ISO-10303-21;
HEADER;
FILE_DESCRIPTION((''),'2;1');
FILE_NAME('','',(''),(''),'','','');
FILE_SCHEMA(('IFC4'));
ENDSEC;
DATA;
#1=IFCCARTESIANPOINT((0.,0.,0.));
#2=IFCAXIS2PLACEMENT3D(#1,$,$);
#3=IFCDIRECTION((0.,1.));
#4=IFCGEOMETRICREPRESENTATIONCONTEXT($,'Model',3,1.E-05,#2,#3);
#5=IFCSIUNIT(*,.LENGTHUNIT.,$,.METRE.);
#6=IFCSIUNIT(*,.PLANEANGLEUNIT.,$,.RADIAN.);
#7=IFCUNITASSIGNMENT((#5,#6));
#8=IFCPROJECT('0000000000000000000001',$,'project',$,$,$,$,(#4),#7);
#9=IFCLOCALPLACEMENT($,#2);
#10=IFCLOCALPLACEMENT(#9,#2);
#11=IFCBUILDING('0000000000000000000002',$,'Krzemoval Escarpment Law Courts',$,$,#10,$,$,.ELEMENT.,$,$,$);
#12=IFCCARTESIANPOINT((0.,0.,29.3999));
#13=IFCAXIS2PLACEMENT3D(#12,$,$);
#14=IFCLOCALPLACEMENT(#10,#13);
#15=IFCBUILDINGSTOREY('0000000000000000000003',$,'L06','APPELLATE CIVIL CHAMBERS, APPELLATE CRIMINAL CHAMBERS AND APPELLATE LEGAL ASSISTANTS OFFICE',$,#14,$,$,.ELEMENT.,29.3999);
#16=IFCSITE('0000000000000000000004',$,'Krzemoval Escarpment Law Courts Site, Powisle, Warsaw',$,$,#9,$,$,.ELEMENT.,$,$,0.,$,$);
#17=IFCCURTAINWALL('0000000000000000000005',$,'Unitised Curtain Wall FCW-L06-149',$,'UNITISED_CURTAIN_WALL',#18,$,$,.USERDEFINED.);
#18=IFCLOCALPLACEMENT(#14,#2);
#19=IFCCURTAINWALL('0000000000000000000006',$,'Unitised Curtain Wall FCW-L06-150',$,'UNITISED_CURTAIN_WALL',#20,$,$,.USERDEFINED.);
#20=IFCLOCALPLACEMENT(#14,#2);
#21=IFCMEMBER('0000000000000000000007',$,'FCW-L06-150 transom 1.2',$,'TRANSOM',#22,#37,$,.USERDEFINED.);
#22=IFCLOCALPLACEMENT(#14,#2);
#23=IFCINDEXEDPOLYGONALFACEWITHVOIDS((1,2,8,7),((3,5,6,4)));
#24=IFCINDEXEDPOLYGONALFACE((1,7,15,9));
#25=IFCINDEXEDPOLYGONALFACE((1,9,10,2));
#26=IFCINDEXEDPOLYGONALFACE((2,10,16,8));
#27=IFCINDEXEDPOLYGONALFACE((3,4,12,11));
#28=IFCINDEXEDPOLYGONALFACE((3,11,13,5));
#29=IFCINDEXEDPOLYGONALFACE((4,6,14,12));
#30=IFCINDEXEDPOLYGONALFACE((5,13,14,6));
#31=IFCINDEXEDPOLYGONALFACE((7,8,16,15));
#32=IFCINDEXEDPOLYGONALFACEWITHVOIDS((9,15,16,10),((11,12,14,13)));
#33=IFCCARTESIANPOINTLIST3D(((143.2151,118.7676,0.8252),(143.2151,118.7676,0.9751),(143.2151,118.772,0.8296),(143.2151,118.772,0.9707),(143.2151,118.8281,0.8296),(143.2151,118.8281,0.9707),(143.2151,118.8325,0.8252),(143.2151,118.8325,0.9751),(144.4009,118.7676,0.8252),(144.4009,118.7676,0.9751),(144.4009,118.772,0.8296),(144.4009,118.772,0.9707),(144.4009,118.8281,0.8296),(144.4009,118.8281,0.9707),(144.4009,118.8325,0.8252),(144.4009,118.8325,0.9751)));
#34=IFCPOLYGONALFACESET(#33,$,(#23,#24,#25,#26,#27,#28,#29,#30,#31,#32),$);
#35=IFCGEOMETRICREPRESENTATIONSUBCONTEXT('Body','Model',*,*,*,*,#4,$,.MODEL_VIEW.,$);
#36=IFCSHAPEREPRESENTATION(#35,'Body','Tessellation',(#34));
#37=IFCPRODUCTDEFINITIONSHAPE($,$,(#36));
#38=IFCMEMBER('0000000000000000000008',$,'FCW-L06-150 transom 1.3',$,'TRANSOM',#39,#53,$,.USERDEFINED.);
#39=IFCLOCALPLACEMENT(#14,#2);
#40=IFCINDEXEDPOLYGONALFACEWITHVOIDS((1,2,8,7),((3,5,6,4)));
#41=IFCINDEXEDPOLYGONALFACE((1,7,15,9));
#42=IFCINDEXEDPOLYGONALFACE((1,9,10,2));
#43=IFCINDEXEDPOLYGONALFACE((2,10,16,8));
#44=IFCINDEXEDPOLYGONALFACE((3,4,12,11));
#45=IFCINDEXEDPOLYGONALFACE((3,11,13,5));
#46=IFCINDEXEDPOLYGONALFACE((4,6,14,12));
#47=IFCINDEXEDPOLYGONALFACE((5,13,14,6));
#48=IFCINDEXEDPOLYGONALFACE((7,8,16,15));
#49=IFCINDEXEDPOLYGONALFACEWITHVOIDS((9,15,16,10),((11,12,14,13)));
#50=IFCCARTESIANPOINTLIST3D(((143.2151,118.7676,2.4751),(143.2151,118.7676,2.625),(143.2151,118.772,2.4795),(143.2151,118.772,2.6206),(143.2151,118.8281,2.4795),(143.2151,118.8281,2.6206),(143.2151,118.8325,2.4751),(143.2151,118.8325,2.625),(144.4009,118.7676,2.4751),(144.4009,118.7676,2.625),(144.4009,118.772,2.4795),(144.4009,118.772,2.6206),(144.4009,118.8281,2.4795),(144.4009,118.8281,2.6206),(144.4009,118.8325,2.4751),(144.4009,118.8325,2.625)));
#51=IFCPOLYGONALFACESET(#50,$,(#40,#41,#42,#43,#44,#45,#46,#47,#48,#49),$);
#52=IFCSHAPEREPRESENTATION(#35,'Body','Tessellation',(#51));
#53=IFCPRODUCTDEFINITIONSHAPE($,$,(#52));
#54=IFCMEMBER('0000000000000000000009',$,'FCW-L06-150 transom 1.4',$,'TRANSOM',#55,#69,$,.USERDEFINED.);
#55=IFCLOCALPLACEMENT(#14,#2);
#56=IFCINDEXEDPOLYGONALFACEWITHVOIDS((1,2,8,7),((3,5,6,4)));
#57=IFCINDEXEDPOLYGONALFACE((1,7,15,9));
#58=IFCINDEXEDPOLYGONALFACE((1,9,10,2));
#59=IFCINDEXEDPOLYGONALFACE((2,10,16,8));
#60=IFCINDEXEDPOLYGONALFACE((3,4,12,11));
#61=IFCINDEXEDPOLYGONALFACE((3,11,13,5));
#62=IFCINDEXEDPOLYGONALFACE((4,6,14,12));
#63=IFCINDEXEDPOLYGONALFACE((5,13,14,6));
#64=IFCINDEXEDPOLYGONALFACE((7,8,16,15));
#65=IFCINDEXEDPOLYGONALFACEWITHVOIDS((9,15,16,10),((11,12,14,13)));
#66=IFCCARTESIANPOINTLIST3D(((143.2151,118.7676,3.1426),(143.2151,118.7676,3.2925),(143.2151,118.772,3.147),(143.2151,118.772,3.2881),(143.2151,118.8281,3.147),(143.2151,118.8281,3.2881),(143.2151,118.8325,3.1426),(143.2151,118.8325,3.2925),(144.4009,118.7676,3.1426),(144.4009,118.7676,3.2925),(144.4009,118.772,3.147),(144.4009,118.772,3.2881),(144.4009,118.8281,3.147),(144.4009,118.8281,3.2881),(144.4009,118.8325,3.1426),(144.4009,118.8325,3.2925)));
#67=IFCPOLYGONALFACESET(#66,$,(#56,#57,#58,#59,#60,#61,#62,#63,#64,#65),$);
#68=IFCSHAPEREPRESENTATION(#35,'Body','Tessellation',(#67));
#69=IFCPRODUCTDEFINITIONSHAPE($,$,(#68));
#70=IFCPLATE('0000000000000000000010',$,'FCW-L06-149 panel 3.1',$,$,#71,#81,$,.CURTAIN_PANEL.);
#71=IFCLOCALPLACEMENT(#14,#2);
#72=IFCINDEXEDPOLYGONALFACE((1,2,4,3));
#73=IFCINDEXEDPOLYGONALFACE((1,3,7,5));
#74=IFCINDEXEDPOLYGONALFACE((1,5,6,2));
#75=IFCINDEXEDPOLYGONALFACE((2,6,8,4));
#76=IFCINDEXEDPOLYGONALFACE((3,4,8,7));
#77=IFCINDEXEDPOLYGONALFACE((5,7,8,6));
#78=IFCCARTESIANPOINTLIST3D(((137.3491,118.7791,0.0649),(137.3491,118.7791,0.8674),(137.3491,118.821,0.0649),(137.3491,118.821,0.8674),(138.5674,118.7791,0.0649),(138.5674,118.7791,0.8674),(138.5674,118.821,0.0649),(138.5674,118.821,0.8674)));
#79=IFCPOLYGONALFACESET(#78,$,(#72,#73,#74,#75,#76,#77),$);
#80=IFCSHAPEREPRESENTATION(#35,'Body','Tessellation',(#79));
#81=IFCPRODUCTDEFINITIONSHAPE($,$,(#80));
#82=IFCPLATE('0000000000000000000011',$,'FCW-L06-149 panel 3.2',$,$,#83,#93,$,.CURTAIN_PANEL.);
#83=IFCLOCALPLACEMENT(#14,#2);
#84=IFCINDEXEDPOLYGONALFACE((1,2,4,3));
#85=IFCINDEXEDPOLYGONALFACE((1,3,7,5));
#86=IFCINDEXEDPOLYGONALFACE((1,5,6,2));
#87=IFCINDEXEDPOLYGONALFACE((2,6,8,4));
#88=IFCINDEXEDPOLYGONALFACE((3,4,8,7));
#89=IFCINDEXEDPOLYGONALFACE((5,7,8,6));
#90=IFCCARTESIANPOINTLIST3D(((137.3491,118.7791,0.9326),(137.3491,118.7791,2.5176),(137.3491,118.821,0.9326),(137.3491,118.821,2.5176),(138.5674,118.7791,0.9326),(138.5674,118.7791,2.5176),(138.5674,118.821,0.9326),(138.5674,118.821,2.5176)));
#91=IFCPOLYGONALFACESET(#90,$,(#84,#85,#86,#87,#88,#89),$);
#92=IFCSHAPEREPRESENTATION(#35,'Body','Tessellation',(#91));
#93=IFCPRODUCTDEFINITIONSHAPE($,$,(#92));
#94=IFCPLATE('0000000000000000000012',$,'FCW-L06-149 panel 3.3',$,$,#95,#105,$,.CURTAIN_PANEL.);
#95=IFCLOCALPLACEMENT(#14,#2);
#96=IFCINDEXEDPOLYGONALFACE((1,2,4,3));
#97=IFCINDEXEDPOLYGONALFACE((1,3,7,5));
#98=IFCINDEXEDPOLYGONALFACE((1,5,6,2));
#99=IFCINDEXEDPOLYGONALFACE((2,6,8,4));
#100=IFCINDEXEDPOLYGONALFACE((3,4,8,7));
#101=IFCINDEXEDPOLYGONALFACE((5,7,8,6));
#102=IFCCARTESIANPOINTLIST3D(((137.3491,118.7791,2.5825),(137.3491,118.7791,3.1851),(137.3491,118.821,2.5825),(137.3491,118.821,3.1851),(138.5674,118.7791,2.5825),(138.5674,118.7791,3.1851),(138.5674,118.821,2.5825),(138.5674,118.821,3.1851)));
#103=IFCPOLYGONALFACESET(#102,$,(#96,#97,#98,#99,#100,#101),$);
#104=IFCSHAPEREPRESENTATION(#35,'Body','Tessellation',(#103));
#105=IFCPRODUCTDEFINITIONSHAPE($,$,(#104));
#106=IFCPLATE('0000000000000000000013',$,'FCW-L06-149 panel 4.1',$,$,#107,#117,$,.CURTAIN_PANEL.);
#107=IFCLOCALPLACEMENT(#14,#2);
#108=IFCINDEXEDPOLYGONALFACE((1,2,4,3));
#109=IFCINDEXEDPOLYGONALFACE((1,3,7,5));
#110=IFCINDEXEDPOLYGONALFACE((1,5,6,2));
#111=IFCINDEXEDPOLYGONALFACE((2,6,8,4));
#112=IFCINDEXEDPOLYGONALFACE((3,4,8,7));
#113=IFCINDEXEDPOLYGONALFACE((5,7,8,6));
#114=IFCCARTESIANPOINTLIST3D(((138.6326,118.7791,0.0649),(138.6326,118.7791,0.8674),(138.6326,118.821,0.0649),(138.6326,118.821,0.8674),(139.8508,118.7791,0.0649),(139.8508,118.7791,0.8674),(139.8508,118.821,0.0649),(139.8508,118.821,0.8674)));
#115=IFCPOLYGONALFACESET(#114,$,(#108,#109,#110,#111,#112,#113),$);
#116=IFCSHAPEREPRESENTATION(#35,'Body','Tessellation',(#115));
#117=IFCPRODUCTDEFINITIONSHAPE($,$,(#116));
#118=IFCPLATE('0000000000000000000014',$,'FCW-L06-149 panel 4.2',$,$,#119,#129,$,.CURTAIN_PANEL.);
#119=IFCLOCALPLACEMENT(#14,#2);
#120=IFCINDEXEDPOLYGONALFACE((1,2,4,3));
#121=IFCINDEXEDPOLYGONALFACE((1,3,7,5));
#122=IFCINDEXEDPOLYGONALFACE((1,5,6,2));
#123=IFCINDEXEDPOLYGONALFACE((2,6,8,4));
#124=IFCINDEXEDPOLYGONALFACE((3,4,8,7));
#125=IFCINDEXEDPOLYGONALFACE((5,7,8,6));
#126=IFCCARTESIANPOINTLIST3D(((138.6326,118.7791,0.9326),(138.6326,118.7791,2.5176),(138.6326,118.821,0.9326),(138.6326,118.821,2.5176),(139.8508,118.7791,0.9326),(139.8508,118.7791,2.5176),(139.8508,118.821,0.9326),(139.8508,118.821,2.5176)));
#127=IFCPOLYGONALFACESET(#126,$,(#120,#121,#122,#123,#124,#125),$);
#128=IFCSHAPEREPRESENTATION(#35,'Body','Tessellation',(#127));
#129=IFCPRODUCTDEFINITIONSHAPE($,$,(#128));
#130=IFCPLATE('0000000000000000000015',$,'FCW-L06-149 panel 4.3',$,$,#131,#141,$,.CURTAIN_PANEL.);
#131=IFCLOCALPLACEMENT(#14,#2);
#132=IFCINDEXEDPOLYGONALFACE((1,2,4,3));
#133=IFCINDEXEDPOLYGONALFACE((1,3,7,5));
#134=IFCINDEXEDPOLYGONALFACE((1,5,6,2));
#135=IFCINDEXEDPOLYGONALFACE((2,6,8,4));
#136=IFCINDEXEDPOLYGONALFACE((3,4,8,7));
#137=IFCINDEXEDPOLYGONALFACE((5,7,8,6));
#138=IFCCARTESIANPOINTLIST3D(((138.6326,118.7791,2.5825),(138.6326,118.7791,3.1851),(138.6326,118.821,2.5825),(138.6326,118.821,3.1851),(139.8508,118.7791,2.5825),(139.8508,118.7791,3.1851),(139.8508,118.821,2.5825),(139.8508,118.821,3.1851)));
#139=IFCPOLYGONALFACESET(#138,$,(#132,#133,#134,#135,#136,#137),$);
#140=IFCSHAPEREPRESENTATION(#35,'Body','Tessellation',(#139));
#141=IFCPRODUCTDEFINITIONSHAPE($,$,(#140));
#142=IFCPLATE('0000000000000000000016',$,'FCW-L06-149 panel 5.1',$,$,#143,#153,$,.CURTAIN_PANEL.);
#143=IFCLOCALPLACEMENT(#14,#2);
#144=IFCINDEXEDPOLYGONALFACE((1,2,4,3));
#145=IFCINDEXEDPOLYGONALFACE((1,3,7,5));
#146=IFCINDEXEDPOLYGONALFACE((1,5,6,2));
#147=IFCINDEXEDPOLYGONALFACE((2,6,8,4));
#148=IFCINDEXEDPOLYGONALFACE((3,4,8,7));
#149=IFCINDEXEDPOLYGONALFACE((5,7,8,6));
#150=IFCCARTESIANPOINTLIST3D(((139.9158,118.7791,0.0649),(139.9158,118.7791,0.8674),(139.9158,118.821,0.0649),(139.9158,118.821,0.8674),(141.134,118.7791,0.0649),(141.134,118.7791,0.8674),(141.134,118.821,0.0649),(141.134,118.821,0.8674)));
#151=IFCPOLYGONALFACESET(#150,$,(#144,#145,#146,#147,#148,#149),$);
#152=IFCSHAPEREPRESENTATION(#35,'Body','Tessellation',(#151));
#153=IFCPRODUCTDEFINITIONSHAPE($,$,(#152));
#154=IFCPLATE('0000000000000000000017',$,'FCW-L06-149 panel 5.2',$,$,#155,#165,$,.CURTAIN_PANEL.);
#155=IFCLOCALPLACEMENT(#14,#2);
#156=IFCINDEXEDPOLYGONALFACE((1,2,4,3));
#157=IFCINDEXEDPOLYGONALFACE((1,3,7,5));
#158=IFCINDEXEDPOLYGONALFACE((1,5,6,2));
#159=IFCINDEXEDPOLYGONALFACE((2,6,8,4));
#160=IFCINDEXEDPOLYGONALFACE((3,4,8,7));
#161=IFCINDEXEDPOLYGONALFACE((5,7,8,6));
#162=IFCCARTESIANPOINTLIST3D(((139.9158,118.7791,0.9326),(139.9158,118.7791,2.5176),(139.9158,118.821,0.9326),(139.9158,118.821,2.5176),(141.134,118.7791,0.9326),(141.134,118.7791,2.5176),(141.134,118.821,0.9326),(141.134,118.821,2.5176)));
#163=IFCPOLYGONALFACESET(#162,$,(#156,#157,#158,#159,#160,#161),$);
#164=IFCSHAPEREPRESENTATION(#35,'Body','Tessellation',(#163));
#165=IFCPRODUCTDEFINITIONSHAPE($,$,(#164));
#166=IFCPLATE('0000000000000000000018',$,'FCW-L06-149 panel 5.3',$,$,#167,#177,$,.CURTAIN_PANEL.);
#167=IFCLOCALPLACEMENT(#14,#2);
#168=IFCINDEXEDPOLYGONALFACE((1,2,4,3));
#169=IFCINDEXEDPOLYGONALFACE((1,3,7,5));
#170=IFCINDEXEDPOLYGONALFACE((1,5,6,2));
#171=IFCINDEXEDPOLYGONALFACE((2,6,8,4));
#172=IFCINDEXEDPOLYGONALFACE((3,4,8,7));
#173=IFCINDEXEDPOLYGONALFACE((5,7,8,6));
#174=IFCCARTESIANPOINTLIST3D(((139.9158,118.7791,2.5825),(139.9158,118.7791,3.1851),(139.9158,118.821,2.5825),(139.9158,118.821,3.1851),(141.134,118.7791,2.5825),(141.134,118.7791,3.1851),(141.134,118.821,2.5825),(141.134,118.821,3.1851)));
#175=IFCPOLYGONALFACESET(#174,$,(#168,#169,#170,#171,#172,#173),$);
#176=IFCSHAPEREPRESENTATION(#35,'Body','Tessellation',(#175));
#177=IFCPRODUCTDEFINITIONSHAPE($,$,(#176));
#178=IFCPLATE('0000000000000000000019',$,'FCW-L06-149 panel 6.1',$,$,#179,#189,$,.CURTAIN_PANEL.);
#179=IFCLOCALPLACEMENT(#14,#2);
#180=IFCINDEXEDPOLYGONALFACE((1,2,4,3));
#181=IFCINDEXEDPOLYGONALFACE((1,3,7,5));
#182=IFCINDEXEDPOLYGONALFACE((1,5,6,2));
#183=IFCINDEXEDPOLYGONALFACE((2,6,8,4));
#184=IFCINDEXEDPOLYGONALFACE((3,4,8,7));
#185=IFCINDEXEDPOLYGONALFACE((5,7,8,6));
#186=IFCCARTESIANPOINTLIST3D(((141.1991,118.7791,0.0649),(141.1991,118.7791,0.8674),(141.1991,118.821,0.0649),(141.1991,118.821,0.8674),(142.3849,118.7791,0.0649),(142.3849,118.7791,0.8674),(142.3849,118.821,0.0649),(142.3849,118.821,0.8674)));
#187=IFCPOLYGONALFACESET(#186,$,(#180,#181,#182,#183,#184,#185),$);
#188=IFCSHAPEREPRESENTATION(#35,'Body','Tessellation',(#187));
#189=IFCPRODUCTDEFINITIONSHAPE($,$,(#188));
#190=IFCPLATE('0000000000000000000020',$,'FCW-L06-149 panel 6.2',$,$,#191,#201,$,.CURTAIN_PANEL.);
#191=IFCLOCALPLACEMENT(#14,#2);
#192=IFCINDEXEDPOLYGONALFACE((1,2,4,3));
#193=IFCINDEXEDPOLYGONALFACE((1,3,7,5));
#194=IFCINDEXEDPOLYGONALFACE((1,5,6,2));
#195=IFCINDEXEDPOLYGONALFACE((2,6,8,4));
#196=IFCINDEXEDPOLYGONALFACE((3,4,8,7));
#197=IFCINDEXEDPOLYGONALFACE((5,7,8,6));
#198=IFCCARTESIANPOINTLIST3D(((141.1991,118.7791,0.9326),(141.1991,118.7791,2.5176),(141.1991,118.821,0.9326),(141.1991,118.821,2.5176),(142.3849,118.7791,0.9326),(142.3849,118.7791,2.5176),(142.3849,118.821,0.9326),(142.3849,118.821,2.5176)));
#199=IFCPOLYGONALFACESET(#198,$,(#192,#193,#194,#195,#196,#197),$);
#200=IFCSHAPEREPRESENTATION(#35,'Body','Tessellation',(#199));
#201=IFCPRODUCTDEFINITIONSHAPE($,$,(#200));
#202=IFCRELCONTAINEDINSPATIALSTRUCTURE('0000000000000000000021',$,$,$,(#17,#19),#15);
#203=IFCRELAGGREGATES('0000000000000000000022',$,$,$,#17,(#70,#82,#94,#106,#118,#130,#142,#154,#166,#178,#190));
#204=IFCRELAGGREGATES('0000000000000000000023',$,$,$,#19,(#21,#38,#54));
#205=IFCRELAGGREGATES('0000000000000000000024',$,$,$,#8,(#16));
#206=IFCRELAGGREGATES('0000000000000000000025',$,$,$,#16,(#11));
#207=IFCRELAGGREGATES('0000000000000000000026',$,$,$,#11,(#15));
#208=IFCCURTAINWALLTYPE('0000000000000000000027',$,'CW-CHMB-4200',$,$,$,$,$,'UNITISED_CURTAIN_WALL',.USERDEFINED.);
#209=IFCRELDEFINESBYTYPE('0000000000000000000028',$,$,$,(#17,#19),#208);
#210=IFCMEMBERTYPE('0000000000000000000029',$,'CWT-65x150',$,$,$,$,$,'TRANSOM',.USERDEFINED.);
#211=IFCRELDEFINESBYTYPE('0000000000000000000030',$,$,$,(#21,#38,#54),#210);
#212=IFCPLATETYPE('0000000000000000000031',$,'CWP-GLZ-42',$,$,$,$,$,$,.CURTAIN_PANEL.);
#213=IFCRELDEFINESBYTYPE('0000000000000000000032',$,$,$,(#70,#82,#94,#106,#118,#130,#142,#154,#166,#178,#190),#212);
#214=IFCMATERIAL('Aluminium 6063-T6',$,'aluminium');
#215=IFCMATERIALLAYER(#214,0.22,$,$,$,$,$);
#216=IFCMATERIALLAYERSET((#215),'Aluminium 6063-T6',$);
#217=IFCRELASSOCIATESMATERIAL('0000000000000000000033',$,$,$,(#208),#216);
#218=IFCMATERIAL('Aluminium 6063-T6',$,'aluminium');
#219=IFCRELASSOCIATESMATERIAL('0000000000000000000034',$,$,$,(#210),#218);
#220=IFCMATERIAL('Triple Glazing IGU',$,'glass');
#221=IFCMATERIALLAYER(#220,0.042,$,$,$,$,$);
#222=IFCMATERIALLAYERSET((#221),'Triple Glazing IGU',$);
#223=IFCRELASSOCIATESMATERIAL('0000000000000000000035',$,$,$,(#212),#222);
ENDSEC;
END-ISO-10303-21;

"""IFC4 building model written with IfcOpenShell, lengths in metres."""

from ifc_helpers import new_model, si_unit, direction, frame, origin, origin_2d, place, context, subcontext, project, spatial, rectangle, hollow_rectangle, extrude, material, layer, layer_set, material_profile, profile_set, type_object, element, aggregate, save


model = new_model("IFC4")

# Units and contexts
model_context = context("Model", 3, precision=1e-05, world=origin(), true_north=direction((0.0, 1.0)))
body_context = subcontext(model_context, "Body", "Model", "MODEL_VIEW")
ifc_project = project(units=[si_unit("LENGTHUNIT", "METRE"), si_unit("PLANEANGLEUNIT", "RADIAN")], contexts=[model_context])

# Site, building, storey
site_placement = place(None, origin())
site = spatial("IfcSite", under=ifc_project, at=site_placement, Name="Krzemoval Escarpment Law Courts Site, Powisle, Warsaw", CompositionType="ELEMENT", RefElevation=0.0)
building_placement = place(site_placement, origin())
building = spatial("IfcBuilding", under=site, at=building_placement, Name="Krzemoval Escarpment Law Courts", CompositionType="ELEMENT")
storey_placement = place(building_placement, frame((0.0, 0.0, 29.3999)))
storey = spatial("IfcBuildingStorey", under=building, at=storey_placement, Name="L06", Description="APPELLATE CIVIL CHAMBERS, APPELLATE CRIMINAL CHAMBERS AND APPELLATE LEGAL ASSISTANTS OFFICE", CompositionType="ELEMENT", Elevation=29.3999)

# Curtain wall
ifc_material_1 = material(Name="Aluminium 6063-T6", Category="aluminium")
ifc_layer_1 = layer(ifc_material_1, 0.22)
ifc_layer_set_1 = layer_set([ifc_layer_1], Name="Aluminium 6063-T6")
curtain_wall_type = type_object("IfcCurtainWallType", Name="CW-CHMB-4200", ElementType="UNITISED_CURTAIN_WALL", PredefinedType="USERDEFINED", material=ifc_layer_set_1)
curtain_wall_1_placement = place(storey_placement, origin())
curtain_wall_1 = element("IfcCurtainWall", 1, at=curtain_wall_1_placement, inside=storey, type_object=curtain_wall_type, Name="Unitised Curtain Wall FCW-L06-149", ObjectType="UNITISED_CURTAIN_WALL", PredefinedType="USERDEFINED")

# Curtain wall
curtain_wall_2_placement = place(storey_placement, origin())
curtain_wall_2 = element("IfcCurtainWall", 2, at=curtain_wall_2_placement, inside=storey, type_object=curtain_wall_type, Name="Unitised Curtain Wall FCW-L06-150", ObjectType="UNITISED_CURTAIN_WALL", PredefinedType="USERDEFINED")

# Members
ifc_material_2 = material(Name="Aluminium 6063-T6", Category="aluminium")
ifc_material_profile_1 = material_profile(ifc_material_2, hollow_rectangle(XDim=0.0649, YDim=0.1499, WallThickness=0.0044, at=origin_2d()), Name="ALU T65x150")
ifc_profile_set_1 = profile_set([ifc_material_profile_1], Name="Aluminium 6063-T6")
member_type_1 = type_object("IfcMemberType", Name="CWT-65x150", ElementType="TRANSOM", PredefinedType="USERDEFINED", material=ifc_profile_set_1)
member_1_placement = place(storey_placement, frame((143.2151, 118.8, 0.9001), z_axis=(1.0, 0.0, 0.0), x_axis=(0.0, 1.0, 0.0)))
member_1 = element("IfcMember", 3, at=member_1_placement, type_object=member_type_1, Name="FCW-L06-150 transom 1.2", ObjectType="TRANSOM", PredefinedType="USERDEFINED", context=body_context, shape_type="SweptSolid", body=[
    extrude(hollow_rectangle(XDim=0.0649, YDim=0.1499, WallThickness=0.0044, at=origin_2d()), origin(), (0.0, 0.0, 1.0), 1.1858),
])
member_2_placement = place(storey_placement, frame((143.2151, 118.8, 2.55), z_axis=(1.0, 0.0, 0.0), x_axis=(0.0, 1.0, 0.0)))
member_2 = element("IfcMember", 4, at=member_2_placement, type_object=member_type_1, Name="FCW-L06-150 transom 1.3", ObjectType="TRANSOM", PredefinedType="USERDEFINED", context=body_context, shape_type="SweptSolid", body=[
    extrude(hollow_rectangle(XDim=0.0649, YDim=0.1499, WallThickness=0.0044, at=origin_2d()), origin(), (0.0, 0.0, 1.0), 1.1858),
])
member_3_placement = place(storey_placement, frame((143.2151, 118.8, 3.2175), z_axis=(1.0, 0.0, 0.0), x_axis=(0.0, 1.0, 0.0)))
member_3 = element("IfcMember", 5, at=member_3_placement, type_object=member_type_1, Name="FCW-L06-150 transom 1.4", ObjectType="TRANSOM", PredefinedType="USERDEFINED", context=body_context, shape_type="SweptSolid", body=[
    extrude(hollow_rectangle(XDim=0.0649, YDim=0.1499, WallThickness=0.0044, at=origin_2d()), origin(), (0.0, 0.0, 1.0), 1.1858),
])

# Plates
ifc_material_3 = material(Name="Triple Glazing IGU", Category="glass")
ifc_layer_2 = layer(ifc_material_3, 0.042)
ifc_layer_set_2 = layer_set([ifc_layer_2], Name="Triple Glazing IGU")
plate_type = type_object("IfcPlateType", Name="CWP-GLZ-42", PredefinedType="CURTAIN_PANEL", material=ifc_layer_set_2)
plate_1_placement = place(storey_placement, frame((137.9583, 118.8, 0.0649), z_axis=(0.0, 0.0, 1.0), x_axis=(1.0, 0.0, 0.0)))
plate_1 = element("IfcPlate", 6, at=plate_1_placement, type_object=plate_type, Name="FCW-L06-149 panel 3.1", PredefinedType="CURTAIN_PANEL", context=body_context, shape_type="SweptSolid", body=[
    extrude(rectangle(XDim=1.2183, YDim=0.042, at=origin_2d()), origin(), (0.0, 0.0, 1.0), 0.8025),
])
plate_2_placement = place(storey_placement, frame((137.9583, 118.8, 0.9326), z_axis=(0.0, 0.0, 1.0), x_axis=(1.0, 0.0, 0.0)))
plate_2 = element("IfcPlate", 7, at=plate_2_placement, type_object=plate_type, Name="FCW-L06-149 panel 3.2", PredefinedType="CURTAIN_PANEL", context=body_context, shape_type="SweptSolid", body=[
    extrude(rectangle(XDim=1.2183, YDim=0.042, at=origin_2d()), origin(), (0.0, 0.0, 1.0), 1.585),
])
plate_3_placement = place(storey_placement, frame((137.9583, 118.8, 2.5825), z_axis=(0.0, 0.0, 1.0), x_axis=(1.0, 0.0, 0.0)))
plate_3 = element("IfcPlate", 8, at=plate_3_placement, type_object=plate_type, Name="FCW-L06-149 panel 3.3", PredefinedType="CURTAIN_PANEL", context=body_context, shape_type="SweptSolid", body=[
    extrude(rectangle(XDim=1.2183, YDim=0.042, at=origin_2d()), origin(), (0.0, 0.0, 1.0), 0.6025),
])
plate_4_placement = place(storey_placement, frame((139.2417, 118.8, 0.0649), z_axis=(0.0, 0.0, 1.0), x_axis=(1.0, 0.0, 0.0)))
plate_4 = element("IfcPlate", 9, at=plate_4_placement, type_object=plate_type, Name="FCW-L06-149 panel 4.1", PredefinedType="CURTAIN_PANEL", context=body_context, shape_type="SweptSolid", body=[
    extrude(rectangle(XDim=1.2183, YDim=0.042, at=origin_2d()), origin(), (0.0, 0.0, 1.0), 0.8025),
])
plate_5_placement = place(storey_placement, frame((139.2417, 118.8, 0.9326), z_axis=(0.0, 0.0, 1.0), x_axis=(1.0, 0.0, 0.0)))
plate_5 = element("IfcPlate", 10, at=plate_5_placement, type_object=plate_type, Name="FCW-L06-149 panel 4.2", PredefinedType="CURTAIN_PANEL", context=body_context, shape_type="SweptSolid", body=[
    extrude(rectangle(XDim=1.2183, YDim=0.042, at=origin_2d()), origin(), (0.0, 0.0, 1.0), 1.585),
])
plate_6_placement = place(storey_placement, frame((139.2417, 118.8, 2.5825), z_axis=(0.0, 0.0, 1.0), x_axis=(1.0, 0.0, 0.0)))
plate_6 = element("IfcPlate", 11, at=plate_6_placement, type_object=plate_type, Name="FCW-L06-149 panel 4.3", PredefinedType="CURTAIN_PANEL", context=body_context, shape_type="SweptSolid", body=[
    extrude(rectangle(XDim=1.2183, YDim=0.042, at=origin_2d()), origin(), (0.0, 0.0, 1.0), 0.6025),
])
plate_7_placement = place(storey_placement, frame((140.5249, 118.8, 0.0649), z_axis=(0.0, 0.0, 1.0), x_axis=(1.0, 0.0, 0.0)))
plate_7 = element("IfcPlate", 12, at=plate_7_placement, type_object=plate_type, Name="FCW-L06-149 panel 5.1", PredefinedType="CURTAIN_PANEL", context=body_context, shape_type="SweptSolid", body=[
    extrude(rectangle(XDim=1.2183, YDim=0.042, at=origin_2d()), origin(), (0.0, 0.0, 1.0), 0.8025),
])
plate_8_placement = place(storey_placement, frame((140.5249, 118.8, 0.9326), z_axis=(0.0, 0.0, 1.0), x_axis=(1.0, 0.0, 0.0)))
plate_8 = element("IfcPlate", 13, at=plate_8_placement, type_object=plate_type, Name="FCW-L06-149 panel 5.2", PredefinedType="CURTAIN_PANEL", context=body_context, shape_type="SweptSolid", body=[
    extrude(rectangle(XDim=1.2183, YDim=0.042, at=origin_2d()), origin(), (0.0, 0.0, 1.0), 1.585),
])
plate_9_placement = place(storey_placement, frame((140.5249, 118.8, 2.5825), z_axis=(0.0, 0.0, 1.0), x_axis=(1.0, 0.0, 0.0)))
plate_9 = element("IfcPlate", 14, at=plate_9_placement, type_object=plate_type, Name="FCW-L06-149 panel 5.3", PredefinedType="CURTAIN_PANEL", context=body_context, shape_type="SweptSolid", body=[
    extrude(rectangle(XDim=1.2183, YDim=0.042, at=origin_2d()), origin(), (0.0, 0.0, 1.0), 0.6025),
])
plate_10_placement = place(storey_placement, frame((141.792, 118.8, 0.0649), z_axis=(0.0, 0.0, 1.0), x_axis=(1.0, 0.0, 0.0)))
plate_10 = element("IfcPlate", 15, at=plate_10_placement, type_object=plate_type, Name="FCW-L06-149 panel 6.1", PredefinedType="CURTAIN_PANEL", context=body_context, shape_type="SweptSolid", body=[
    extrude(rectangle(XDim=1.1858, YDim=0.042, at=origin_2d()), origin(), (0.0, 0.0, 1.0), 0.8025),
])
plate_11_placement = place(storey_placement, frame((141.792, 118.8, 0.9326), z_axis=(0.0, 0.0, 1.0), x_axis=(1.0, 0.0, 0.0)))
plate_11 = element("IfcPlate", 16, at=plate_11_placement, type_object=plate_type, Name="FCW-L06-149 panel 6.2", PredefinedType="CURTAIN_PANEL", context=body_context, shape_type="SweptSolid", body=[
    extrude(rectangle(XDim=1.1858, YDim=0.042, at=origin_2d()), origin(), (0.0, 0.0, 1.0), 1.585),
])
aggregate(curtain_wall_1, [plate_1, plate_2, plate_3, plate_4, plate_5, plate_6, plate_7, plate_8, plate_9, plate_10, plate_11])
aggregate(curtain_wall_2, [member_1, member_2, member_3])

save(model, "model.ifc")
